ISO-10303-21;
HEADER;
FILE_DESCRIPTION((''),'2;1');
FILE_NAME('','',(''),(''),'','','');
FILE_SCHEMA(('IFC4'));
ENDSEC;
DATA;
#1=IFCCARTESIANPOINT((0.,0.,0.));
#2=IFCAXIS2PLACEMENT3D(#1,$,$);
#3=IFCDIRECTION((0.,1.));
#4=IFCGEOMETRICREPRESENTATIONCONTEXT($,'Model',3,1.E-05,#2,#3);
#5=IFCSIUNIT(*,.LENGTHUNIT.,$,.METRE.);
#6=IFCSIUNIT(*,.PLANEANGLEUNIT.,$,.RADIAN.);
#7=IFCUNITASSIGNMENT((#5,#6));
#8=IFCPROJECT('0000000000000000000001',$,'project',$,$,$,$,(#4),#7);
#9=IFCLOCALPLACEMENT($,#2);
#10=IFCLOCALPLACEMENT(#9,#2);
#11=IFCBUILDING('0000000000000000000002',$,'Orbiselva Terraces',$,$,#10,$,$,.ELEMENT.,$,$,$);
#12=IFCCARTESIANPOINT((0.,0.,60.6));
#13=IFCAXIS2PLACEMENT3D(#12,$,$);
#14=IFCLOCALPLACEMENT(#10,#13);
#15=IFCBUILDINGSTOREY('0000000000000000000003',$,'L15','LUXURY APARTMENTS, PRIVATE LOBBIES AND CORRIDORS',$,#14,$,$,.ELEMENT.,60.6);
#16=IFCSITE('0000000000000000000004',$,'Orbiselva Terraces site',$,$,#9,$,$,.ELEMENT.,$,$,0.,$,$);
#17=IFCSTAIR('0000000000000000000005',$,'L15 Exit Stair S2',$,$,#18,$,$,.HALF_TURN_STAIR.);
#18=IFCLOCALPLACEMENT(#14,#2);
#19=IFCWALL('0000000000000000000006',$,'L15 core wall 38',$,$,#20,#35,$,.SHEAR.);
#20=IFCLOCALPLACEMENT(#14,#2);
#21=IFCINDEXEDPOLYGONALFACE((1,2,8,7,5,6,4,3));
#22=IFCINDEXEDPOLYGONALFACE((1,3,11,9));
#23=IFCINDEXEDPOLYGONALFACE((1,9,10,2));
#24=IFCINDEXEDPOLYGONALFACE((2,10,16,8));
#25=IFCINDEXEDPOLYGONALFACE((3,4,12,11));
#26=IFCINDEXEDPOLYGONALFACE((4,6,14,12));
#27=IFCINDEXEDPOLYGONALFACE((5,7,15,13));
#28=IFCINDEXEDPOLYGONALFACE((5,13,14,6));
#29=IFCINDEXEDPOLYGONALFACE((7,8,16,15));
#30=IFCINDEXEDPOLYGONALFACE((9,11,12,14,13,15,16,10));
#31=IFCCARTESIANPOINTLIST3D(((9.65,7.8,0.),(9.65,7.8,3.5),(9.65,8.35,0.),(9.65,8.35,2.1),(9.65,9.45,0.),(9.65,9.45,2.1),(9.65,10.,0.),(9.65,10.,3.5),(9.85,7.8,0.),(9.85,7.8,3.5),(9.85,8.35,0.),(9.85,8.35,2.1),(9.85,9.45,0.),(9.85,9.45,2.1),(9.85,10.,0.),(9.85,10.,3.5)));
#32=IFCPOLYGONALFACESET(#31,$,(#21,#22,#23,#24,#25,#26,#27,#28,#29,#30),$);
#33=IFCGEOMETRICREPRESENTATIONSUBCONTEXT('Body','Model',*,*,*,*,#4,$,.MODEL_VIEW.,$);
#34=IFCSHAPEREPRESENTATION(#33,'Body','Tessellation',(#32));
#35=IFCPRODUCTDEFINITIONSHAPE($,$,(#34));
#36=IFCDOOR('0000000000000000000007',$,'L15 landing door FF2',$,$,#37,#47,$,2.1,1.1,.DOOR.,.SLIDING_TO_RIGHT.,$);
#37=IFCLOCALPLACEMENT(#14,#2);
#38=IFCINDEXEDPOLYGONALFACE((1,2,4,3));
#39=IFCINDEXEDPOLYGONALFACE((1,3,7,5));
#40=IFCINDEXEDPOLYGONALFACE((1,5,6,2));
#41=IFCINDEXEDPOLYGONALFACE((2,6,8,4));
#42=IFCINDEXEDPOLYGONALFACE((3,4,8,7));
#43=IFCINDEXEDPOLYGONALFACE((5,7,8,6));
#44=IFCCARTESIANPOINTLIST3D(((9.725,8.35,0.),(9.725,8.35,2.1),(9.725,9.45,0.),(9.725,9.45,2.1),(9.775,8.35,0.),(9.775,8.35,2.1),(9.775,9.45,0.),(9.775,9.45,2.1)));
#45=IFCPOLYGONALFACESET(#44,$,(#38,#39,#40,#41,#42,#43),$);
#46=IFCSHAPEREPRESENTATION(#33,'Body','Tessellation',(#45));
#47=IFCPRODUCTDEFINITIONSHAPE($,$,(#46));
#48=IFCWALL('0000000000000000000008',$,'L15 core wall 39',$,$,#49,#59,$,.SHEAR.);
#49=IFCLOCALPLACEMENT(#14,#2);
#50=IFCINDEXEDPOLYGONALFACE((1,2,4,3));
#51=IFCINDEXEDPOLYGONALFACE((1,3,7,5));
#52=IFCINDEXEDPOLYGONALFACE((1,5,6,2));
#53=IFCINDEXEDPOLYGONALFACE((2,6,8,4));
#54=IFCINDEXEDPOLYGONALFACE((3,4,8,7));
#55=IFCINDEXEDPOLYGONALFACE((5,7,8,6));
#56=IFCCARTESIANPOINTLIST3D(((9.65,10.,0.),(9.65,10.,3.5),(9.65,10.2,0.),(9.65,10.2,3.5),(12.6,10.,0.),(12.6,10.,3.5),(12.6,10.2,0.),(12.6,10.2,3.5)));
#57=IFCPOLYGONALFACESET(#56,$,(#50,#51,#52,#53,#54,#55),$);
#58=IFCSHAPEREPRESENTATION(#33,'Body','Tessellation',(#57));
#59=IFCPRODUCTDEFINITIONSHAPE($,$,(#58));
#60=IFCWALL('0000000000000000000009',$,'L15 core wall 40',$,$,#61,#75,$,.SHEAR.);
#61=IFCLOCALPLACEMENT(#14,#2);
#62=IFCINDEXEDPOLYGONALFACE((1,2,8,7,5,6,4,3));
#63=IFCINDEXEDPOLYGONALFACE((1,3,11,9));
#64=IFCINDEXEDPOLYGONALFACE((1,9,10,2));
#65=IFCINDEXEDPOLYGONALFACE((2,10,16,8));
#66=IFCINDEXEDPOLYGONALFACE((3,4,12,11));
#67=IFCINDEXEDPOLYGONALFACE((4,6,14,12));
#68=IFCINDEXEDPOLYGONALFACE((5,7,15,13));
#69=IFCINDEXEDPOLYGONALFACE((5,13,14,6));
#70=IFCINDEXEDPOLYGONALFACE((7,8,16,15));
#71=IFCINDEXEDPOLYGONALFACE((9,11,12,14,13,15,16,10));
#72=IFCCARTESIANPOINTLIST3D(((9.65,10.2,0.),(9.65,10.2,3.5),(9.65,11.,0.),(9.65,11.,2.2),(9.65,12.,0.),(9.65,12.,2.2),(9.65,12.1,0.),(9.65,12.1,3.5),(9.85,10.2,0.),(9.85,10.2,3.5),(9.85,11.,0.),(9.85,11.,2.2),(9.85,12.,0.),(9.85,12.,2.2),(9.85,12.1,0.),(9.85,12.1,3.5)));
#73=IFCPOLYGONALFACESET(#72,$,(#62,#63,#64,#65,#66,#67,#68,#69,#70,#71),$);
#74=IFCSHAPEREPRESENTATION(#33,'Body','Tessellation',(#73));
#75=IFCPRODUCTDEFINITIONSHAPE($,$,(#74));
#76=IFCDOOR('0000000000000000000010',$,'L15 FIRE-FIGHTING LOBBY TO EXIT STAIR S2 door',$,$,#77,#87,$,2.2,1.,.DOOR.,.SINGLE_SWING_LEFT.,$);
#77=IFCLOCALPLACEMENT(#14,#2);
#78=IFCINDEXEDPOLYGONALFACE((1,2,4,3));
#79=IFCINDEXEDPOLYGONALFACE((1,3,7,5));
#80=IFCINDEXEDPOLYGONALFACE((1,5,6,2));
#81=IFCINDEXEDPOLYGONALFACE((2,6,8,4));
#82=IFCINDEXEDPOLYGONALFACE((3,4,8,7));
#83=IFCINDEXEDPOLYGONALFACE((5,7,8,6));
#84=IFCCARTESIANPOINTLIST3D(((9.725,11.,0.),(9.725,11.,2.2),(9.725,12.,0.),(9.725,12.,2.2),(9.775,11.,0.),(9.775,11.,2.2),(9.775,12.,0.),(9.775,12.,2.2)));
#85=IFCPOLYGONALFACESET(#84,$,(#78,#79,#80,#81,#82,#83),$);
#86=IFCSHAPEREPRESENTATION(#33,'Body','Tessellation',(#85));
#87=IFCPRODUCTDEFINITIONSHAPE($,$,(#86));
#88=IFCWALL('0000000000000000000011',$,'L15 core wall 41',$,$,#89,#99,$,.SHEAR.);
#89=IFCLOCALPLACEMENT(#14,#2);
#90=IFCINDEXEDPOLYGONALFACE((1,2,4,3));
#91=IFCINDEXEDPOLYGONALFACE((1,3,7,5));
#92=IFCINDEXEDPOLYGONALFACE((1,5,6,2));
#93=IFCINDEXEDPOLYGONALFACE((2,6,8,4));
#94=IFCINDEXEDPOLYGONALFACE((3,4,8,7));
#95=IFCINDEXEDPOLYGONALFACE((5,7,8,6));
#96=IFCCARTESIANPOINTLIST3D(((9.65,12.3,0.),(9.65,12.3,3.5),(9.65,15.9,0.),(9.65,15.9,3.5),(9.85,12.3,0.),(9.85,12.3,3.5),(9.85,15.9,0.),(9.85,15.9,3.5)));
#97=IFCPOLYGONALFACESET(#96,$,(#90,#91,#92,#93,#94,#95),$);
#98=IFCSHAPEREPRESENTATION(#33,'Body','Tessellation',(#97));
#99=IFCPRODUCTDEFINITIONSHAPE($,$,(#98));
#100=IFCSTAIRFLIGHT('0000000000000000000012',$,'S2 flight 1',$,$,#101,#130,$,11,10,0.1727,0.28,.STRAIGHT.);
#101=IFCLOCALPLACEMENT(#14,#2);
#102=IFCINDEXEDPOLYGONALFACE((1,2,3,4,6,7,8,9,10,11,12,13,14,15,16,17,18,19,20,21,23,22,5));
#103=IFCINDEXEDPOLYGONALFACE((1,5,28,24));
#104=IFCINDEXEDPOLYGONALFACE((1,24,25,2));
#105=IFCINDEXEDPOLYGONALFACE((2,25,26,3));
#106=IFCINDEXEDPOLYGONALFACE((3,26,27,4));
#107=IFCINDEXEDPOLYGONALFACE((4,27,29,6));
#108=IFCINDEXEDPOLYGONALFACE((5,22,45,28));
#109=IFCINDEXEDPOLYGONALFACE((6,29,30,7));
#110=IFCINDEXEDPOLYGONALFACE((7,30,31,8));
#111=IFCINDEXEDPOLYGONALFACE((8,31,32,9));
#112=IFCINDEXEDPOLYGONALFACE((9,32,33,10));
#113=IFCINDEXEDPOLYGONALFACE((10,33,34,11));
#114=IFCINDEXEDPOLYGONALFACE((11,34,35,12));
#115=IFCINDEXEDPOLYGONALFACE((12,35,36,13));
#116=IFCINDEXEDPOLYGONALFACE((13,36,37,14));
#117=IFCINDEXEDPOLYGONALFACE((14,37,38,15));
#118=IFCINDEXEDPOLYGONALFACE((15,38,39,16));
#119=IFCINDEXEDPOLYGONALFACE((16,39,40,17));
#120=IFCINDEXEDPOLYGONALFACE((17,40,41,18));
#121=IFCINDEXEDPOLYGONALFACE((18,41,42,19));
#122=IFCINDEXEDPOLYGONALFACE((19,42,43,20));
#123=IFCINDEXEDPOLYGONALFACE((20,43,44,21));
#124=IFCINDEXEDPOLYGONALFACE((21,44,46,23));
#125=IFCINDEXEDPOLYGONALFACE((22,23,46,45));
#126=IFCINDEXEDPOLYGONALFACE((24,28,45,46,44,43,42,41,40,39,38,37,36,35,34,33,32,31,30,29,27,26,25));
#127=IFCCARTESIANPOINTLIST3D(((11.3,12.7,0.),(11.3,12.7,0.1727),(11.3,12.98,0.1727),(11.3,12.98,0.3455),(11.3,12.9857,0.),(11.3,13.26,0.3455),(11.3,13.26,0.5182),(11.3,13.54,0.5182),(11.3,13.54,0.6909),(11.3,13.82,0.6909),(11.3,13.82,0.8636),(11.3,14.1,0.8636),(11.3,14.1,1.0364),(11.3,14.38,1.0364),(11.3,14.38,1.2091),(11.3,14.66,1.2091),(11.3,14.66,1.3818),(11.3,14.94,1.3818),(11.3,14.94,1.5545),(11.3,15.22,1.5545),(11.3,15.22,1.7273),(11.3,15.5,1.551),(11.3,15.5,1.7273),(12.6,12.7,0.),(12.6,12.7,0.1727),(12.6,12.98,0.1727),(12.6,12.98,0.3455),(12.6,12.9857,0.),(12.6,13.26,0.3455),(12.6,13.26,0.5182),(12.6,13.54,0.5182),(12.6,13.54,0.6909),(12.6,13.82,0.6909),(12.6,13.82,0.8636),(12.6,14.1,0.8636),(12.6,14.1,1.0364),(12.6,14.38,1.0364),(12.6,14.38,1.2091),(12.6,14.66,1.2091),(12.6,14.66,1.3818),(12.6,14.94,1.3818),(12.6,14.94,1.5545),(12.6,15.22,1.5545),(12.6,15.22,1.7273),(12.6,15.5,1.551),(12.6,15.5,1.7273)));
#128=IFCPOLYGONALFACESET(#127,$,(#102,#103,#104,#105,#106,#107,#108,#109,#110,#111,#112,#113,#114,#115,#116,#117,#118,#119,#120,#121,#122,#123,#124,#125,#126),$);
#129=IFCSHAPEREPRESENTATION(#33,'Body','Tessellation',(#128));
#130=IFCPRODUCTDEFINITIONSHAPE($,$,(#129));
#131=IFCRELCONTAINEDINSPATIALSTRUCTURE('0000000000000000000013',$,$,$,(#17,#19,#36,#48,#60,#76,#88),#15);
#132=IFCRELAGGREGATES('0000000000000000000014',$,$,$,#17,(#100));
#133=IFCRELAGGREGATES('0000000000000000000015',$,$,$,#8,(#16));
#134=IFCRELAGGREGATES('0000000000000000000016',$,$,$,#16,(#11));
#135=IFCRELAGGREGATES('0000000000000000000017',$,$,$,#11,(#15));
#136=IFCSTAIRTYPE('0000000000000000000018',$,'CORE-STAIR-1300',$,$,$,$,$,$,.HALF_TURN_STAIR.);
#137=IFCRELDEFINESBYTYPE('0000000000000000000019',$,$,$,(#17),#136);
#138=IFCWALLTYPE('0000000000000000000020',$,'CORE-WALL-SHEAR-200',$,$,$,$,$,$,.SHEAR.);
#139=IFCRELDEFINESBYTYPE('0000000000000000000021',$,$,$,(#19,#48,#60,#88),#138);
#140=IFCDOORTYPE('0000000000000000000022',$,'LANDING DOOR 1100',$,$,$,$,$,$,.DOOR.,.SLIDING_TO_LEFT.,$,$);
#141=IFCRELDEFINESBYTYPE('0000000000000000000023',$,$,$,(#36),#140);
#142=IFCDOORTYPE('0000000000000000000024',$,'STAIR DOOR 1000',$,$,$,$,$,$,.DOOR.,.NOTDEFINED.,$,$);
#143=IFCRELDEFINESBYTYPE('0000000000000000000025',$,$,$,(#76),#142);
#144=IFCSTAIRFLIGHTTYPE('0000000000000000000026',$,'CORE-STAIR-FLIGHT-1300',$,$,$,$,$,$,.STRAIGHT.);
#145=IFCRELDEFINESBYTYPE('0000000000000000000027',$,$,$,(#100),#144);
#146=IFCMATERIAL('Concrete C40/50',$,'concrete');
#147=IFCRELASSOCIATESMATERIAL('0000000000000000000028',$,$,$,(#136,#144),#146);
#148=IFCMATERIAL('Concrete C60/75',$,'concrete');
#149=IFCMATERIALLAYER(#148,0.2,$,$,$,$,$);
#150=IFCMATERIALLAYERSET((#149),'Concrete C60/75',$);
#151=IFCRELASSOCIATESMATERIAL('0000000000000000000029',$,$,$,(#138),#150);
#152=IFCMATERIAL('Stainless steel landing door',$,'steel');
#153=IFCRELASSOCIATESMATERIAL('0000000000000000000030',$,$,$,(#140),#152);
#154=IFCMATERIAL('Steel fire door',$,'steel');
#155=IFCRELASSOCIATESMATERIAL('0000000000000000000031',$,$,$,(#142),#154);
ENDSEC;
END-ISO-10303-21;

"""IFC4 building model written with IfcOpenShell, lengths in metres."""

from ifc_helpers import new_model, si_unit, direction, frame, frame_2d, origin, place, context, subcontext, project, spatial, polyline, rectangle, outline, extrude, material, layer, layer_set, type_object, element, fill, aggregate, save


model = new_model("IFC4")

# Units and contexts
model_context = context("Model", 3, precision=1e-05, world=origin(), true_north=direction((0.0, 1.0)))
body_context = subcontext(model_context, "Body", "Model", "MODEL_VIEW")
ifc_project = project(units=[si_unit("LENGTHUNIT", "METRE"), si_unit("PLANEANGLEUNIT", "RADIAN")], contexts=[model_context])

# Site, building, storey
site_placement = place(None, origin())
site = spatial("IfcSite", under=ifc_project, at=site_placement, Name="Orbiselva Terraces site", CompositionType="ELEMENT", RefElevation=0.0)
building_placement = place(site_placement, origin())
building = spatial("IfcBuilding", under=site, at=building_placement, Name="Orbiselva Terraces", CompositionType="ELEMENT")
storey_placement = place(building_placement, frame((0.0, 0.0, 60.6)))
storey = spatial("IfcBuildingStorey", under=building, at=storey_placement, Name="L15", Description="LUXURY APARTMENTS, PRIVATE LOBBIES AND CORRIDORS", CompositionType="ELEMENT", Elevation=60.6)

# Stair
ifc_material_1 = material(Name="Concrete C40/50", Category="concrete")
stair_type_1 = type_object("IfcStairType", Name="CORE-STAIR-1300", PredefinedType="HALF_TURN_STAIR", material=ifc_material_1)
stair_1_placement = place(storey_placement, origin())
stair_1 = element("IfcStair", 1, at=stair_1_placement, inside=storey, type_object=stair_type_1, Name="L15 Exit Stair S2", PredefinedType="HALF_TURN_STAIR")

# Shared definitions
ifc_material_2 = material(Name="Steel fire door", Category="steel")

# Shared definitions
ifc_material_3 = material(Name="Concrete C60/75", Category="concrete")
ifc_layer_1 = layer(ifc_material_3, 0.2)
ifc_layer_set_1 = layer_set([ifc_layer_1], Name="Concrete C60/75")
wall_type_1 = type_object("IfcWallType", Name="CORE-WALL-SHEAR-200", PredefinedType="SHEAR", material=ifc_layer_set_1)

# Shared definitions
ifc_material_4 = material(Name="Stainless steel landing door", Category="steel")
door_type_1 = type_object("IfcDoorType", Name="LANDING DOOR 1100", OperationType="SLIDING_TO_LEFT", PredefinedType="DOOR", material=ifc_material_4)

# Wall, opening, door
wall_1_placement = place(storey_placement, frame((9.75, 7.8, 0.0), z_axis=(0.0, 0.0, 1.0), x_axis=(0.0, 1.0, 0.0)))
wall_1 = element("IfcWall", 2, at=wall_1_placement, inside=storey, type_object=wall_type_1, Name="L15 core wall 38", PredefinedType="SHEAR", context=body_context, shape_type="SweptSolid", body=[
    extrude(rectangle(XDim=2.2, YDim=0.2, at=frame_2d((1.1, 0.0))), origin(), (0.0, 0.0, 1.0), 3.5),
])
opening_1_placement = place(wall_1_placement, frame((0.55, 0.0, 0.0)))
opening_1 = element("IfcOpeningElement", 3, at=opening_1_placement, cuts=wall_1, PredefinedType="OPENING", context=body_context, shape_type="SweptSolid", body=[
    extrude(rectangle(XDim=1.1, YDim=2.1, at=frame_2d((0.55, 1.05))), frame((0.0, 0.11, 0.0), z_axis=(0.0, -1.0, 0.0), x_axis=(1.0, 0.0, 0.0)), (0.0, 0.0, 1.0), 0.22),
])
door_1_placement = place(opening_1_placement, origin())
door_1 = element("IfcDoor", 4, at=door_1_placement, inside=storey, type_object=door_type_1, Name="L15 landing door FF2", OperationType="SLIDING_TO_RIGHT", OverallHeight=2.1, OverallWidth=1.1, PredefinedType="DOOR", context=body_context, shape_type="SweptSolid", body=[
    extrude(rectangle(XDim=1.1, YDim=2.1, at=frame_2d((0.55, 1.05))), frame((0.0, 0.025, 0.0), z_axis=(0.0, -1.0, 0.0), x_axis=(1.0, 0.0, 0.0)), (0.0, 0.0, 1.0), 0.05),
])
fill(opening_1, door_1)

# Wall
wall_2_placement = place(storey_placement, frame((9.65, 10.1, 0.0), z_axis=(0.0, 0.0, 1.0), x_axis=(1.0, 0.0, 0.0)))
element("IfcWall", 5, at=wall_2_placement, inside=storey, type_object=wall_type_1, Name="L15 core wall 39", PredefinedType="SHEAR", context=body_context, shape_type="SweptSolid", body=[
    extrude(rectangle(XDim=2.95, YDim=0.2, at=frame_2d((1.475, 0.0))), origin(), (0.0, 0.0, 1.0), 3.5),
])

# Wall, opening, door
wall_3_placement = place(storey_placement, frame((9.75, 12.1, 0.0), z_axis=(0.0, 0.0, 1.0), x_axis=(0.0, -1.0, 0.0)))
wall_3 = element("IfcWall", 6, at=wall_3_placement, inside=storey, type_object=wall_type_1, Name="L15 core wall 40", PredefinedType="SHEAR", context=body_context, shape_type="SweptSolid", body=[
    extrude(rectangle(XDim=1.9, YDim=0.2, at=frame_2d((0.95, 0.0))), origin(), (0.0, 0.0, 1.0), 3.5),
])
opening_2_placement = place(wall_3_placement, frame((0.1, 0.0, 0.0)))
opening_2 = element("IfcOpeningElement", 7, at=opening_2_placement, cuts=wall_3, PredefinedType="OPENING", context=body_context, shape_type="SweptSolid", body=[
    extrude(rectangle(XDim=1.0, YDim=2.2, at=frame_2d((0.5, 1.1))), frame((0.0, 0.11, 0.0), z_axis=(0.0, -1.0, 0.0), x_axis=(1.0, 0.0, 0.0)), (0.0, 0.0, 1.0), 0.22),
])
door_type_2 = type_object("IfcDoorType", Name="STAIR DOOR 1000", OperationType="NOTDEFINED", PredefinedType="DOOR", material=ifc_material_2)
door_2_placement = place(opening_2_placement, origin())
door_2 = element("IfcDoor", 8, at=door_2_placement, inside=storey, type_object=door_type_2, Name="L15 FIRE-FIGHTING LOBBY TO EXIT STAIR S2 door", OperationType="SINGLE_SWING_LEFT", OverallHeight=2.2, OverallWidth=1.0, PredefinedType="DOOR", context=body_context, shape_type="SweptSolid", body=[
    extrude(rectangle(XDim=1.0, YDim=2.2, at=frame_2d((0.5, 1.1))), frame((0.0, 0.025, 0.0), z_axis=(0.0, -1.0, 0.0), x_axis=(1.0, 0.0, 0.0)), (0.0, 0.0, 1.0), 0.05),
])
fill(opening_2, door_2)

# Wall
wall_4_placement = place(storey_placement, frame((9.75, 12.3, 0.0), z_axis=(0.0, 0.0, 1.0), x_axis=(0.0, 1.0, 0.0)))
element("IfcWall", 9, at=wall_4_placement, inside=storey, type_object=wall_type_1, Name="L15 core wall 41", PredefinedType="SHEAR", context=body_context, shape_type="SweptSolid", body=[
    extrude(rectangle(XDim=3.6, YDim=0.2, at=frame_2d((1.8, 0.0))), origin(), (0.0, 0.0, 1.0), 3.5),
])

# Stair flight
stair_flight_type = type_object("IfcStairFlightType", Name="CORE-STAIR-FLIGHT-1300", PredefinedType="STRAIGHT", material=ifc_material_1)
stair_flight_placement = place(storey_placement, frame((11.95, 12.7, 0.0), z_axis=(0.0, 0.0, 1.0), x_axis=(0.0, 1.0, 0.0)))
stair_flight = element("IfcStairFlight", 10, at=stair_flight_placement, type_object=stair_flight_type, Name="S2 flight 1", NumberOfRisers=11, NumberOfTreads=10, PredefinedType="STRAIGHT", RiserHeight=0.1727, TreadLength=0.28, context=body_context, shape_type="SweptSolid", body=[
    extrude(outline(polyline([(0.0, 0.0), (0.0, 0.1727), (0.28, 0.1727), (0.28, 0.3455), (0.56, 0.3455), (0.56, 0.5182), (0.84, 0.5182), (0.84, 0.6909), (1.12, 0.6909), (1.12, 0.8636), (1.4, 0.8636), (1.4, 1.0364), (1.68, 1.0364), (1.68, 1.2091), (1.96, 1.2091), (1.96, 1.3818), (2.24, 1.3818), (2.24, 1.5545), (2.52, 1.5545), (2.52, 1.7273), (2.8, 1.7273), (2.8, 1.9), (2.8, 1.551), (0.2857, 0.0), (0.0, 0.0)])), frame((0.0, 0.65, 0.0), z_axis=(0.0, -1.0, 0.0), x_axis=(1.0, 0.0, 0.0)), (0.0, 0.0, 1.0), 1.3),
])
aggregate(stair_1, [stair_flight])

save(model, "model.ifc")
